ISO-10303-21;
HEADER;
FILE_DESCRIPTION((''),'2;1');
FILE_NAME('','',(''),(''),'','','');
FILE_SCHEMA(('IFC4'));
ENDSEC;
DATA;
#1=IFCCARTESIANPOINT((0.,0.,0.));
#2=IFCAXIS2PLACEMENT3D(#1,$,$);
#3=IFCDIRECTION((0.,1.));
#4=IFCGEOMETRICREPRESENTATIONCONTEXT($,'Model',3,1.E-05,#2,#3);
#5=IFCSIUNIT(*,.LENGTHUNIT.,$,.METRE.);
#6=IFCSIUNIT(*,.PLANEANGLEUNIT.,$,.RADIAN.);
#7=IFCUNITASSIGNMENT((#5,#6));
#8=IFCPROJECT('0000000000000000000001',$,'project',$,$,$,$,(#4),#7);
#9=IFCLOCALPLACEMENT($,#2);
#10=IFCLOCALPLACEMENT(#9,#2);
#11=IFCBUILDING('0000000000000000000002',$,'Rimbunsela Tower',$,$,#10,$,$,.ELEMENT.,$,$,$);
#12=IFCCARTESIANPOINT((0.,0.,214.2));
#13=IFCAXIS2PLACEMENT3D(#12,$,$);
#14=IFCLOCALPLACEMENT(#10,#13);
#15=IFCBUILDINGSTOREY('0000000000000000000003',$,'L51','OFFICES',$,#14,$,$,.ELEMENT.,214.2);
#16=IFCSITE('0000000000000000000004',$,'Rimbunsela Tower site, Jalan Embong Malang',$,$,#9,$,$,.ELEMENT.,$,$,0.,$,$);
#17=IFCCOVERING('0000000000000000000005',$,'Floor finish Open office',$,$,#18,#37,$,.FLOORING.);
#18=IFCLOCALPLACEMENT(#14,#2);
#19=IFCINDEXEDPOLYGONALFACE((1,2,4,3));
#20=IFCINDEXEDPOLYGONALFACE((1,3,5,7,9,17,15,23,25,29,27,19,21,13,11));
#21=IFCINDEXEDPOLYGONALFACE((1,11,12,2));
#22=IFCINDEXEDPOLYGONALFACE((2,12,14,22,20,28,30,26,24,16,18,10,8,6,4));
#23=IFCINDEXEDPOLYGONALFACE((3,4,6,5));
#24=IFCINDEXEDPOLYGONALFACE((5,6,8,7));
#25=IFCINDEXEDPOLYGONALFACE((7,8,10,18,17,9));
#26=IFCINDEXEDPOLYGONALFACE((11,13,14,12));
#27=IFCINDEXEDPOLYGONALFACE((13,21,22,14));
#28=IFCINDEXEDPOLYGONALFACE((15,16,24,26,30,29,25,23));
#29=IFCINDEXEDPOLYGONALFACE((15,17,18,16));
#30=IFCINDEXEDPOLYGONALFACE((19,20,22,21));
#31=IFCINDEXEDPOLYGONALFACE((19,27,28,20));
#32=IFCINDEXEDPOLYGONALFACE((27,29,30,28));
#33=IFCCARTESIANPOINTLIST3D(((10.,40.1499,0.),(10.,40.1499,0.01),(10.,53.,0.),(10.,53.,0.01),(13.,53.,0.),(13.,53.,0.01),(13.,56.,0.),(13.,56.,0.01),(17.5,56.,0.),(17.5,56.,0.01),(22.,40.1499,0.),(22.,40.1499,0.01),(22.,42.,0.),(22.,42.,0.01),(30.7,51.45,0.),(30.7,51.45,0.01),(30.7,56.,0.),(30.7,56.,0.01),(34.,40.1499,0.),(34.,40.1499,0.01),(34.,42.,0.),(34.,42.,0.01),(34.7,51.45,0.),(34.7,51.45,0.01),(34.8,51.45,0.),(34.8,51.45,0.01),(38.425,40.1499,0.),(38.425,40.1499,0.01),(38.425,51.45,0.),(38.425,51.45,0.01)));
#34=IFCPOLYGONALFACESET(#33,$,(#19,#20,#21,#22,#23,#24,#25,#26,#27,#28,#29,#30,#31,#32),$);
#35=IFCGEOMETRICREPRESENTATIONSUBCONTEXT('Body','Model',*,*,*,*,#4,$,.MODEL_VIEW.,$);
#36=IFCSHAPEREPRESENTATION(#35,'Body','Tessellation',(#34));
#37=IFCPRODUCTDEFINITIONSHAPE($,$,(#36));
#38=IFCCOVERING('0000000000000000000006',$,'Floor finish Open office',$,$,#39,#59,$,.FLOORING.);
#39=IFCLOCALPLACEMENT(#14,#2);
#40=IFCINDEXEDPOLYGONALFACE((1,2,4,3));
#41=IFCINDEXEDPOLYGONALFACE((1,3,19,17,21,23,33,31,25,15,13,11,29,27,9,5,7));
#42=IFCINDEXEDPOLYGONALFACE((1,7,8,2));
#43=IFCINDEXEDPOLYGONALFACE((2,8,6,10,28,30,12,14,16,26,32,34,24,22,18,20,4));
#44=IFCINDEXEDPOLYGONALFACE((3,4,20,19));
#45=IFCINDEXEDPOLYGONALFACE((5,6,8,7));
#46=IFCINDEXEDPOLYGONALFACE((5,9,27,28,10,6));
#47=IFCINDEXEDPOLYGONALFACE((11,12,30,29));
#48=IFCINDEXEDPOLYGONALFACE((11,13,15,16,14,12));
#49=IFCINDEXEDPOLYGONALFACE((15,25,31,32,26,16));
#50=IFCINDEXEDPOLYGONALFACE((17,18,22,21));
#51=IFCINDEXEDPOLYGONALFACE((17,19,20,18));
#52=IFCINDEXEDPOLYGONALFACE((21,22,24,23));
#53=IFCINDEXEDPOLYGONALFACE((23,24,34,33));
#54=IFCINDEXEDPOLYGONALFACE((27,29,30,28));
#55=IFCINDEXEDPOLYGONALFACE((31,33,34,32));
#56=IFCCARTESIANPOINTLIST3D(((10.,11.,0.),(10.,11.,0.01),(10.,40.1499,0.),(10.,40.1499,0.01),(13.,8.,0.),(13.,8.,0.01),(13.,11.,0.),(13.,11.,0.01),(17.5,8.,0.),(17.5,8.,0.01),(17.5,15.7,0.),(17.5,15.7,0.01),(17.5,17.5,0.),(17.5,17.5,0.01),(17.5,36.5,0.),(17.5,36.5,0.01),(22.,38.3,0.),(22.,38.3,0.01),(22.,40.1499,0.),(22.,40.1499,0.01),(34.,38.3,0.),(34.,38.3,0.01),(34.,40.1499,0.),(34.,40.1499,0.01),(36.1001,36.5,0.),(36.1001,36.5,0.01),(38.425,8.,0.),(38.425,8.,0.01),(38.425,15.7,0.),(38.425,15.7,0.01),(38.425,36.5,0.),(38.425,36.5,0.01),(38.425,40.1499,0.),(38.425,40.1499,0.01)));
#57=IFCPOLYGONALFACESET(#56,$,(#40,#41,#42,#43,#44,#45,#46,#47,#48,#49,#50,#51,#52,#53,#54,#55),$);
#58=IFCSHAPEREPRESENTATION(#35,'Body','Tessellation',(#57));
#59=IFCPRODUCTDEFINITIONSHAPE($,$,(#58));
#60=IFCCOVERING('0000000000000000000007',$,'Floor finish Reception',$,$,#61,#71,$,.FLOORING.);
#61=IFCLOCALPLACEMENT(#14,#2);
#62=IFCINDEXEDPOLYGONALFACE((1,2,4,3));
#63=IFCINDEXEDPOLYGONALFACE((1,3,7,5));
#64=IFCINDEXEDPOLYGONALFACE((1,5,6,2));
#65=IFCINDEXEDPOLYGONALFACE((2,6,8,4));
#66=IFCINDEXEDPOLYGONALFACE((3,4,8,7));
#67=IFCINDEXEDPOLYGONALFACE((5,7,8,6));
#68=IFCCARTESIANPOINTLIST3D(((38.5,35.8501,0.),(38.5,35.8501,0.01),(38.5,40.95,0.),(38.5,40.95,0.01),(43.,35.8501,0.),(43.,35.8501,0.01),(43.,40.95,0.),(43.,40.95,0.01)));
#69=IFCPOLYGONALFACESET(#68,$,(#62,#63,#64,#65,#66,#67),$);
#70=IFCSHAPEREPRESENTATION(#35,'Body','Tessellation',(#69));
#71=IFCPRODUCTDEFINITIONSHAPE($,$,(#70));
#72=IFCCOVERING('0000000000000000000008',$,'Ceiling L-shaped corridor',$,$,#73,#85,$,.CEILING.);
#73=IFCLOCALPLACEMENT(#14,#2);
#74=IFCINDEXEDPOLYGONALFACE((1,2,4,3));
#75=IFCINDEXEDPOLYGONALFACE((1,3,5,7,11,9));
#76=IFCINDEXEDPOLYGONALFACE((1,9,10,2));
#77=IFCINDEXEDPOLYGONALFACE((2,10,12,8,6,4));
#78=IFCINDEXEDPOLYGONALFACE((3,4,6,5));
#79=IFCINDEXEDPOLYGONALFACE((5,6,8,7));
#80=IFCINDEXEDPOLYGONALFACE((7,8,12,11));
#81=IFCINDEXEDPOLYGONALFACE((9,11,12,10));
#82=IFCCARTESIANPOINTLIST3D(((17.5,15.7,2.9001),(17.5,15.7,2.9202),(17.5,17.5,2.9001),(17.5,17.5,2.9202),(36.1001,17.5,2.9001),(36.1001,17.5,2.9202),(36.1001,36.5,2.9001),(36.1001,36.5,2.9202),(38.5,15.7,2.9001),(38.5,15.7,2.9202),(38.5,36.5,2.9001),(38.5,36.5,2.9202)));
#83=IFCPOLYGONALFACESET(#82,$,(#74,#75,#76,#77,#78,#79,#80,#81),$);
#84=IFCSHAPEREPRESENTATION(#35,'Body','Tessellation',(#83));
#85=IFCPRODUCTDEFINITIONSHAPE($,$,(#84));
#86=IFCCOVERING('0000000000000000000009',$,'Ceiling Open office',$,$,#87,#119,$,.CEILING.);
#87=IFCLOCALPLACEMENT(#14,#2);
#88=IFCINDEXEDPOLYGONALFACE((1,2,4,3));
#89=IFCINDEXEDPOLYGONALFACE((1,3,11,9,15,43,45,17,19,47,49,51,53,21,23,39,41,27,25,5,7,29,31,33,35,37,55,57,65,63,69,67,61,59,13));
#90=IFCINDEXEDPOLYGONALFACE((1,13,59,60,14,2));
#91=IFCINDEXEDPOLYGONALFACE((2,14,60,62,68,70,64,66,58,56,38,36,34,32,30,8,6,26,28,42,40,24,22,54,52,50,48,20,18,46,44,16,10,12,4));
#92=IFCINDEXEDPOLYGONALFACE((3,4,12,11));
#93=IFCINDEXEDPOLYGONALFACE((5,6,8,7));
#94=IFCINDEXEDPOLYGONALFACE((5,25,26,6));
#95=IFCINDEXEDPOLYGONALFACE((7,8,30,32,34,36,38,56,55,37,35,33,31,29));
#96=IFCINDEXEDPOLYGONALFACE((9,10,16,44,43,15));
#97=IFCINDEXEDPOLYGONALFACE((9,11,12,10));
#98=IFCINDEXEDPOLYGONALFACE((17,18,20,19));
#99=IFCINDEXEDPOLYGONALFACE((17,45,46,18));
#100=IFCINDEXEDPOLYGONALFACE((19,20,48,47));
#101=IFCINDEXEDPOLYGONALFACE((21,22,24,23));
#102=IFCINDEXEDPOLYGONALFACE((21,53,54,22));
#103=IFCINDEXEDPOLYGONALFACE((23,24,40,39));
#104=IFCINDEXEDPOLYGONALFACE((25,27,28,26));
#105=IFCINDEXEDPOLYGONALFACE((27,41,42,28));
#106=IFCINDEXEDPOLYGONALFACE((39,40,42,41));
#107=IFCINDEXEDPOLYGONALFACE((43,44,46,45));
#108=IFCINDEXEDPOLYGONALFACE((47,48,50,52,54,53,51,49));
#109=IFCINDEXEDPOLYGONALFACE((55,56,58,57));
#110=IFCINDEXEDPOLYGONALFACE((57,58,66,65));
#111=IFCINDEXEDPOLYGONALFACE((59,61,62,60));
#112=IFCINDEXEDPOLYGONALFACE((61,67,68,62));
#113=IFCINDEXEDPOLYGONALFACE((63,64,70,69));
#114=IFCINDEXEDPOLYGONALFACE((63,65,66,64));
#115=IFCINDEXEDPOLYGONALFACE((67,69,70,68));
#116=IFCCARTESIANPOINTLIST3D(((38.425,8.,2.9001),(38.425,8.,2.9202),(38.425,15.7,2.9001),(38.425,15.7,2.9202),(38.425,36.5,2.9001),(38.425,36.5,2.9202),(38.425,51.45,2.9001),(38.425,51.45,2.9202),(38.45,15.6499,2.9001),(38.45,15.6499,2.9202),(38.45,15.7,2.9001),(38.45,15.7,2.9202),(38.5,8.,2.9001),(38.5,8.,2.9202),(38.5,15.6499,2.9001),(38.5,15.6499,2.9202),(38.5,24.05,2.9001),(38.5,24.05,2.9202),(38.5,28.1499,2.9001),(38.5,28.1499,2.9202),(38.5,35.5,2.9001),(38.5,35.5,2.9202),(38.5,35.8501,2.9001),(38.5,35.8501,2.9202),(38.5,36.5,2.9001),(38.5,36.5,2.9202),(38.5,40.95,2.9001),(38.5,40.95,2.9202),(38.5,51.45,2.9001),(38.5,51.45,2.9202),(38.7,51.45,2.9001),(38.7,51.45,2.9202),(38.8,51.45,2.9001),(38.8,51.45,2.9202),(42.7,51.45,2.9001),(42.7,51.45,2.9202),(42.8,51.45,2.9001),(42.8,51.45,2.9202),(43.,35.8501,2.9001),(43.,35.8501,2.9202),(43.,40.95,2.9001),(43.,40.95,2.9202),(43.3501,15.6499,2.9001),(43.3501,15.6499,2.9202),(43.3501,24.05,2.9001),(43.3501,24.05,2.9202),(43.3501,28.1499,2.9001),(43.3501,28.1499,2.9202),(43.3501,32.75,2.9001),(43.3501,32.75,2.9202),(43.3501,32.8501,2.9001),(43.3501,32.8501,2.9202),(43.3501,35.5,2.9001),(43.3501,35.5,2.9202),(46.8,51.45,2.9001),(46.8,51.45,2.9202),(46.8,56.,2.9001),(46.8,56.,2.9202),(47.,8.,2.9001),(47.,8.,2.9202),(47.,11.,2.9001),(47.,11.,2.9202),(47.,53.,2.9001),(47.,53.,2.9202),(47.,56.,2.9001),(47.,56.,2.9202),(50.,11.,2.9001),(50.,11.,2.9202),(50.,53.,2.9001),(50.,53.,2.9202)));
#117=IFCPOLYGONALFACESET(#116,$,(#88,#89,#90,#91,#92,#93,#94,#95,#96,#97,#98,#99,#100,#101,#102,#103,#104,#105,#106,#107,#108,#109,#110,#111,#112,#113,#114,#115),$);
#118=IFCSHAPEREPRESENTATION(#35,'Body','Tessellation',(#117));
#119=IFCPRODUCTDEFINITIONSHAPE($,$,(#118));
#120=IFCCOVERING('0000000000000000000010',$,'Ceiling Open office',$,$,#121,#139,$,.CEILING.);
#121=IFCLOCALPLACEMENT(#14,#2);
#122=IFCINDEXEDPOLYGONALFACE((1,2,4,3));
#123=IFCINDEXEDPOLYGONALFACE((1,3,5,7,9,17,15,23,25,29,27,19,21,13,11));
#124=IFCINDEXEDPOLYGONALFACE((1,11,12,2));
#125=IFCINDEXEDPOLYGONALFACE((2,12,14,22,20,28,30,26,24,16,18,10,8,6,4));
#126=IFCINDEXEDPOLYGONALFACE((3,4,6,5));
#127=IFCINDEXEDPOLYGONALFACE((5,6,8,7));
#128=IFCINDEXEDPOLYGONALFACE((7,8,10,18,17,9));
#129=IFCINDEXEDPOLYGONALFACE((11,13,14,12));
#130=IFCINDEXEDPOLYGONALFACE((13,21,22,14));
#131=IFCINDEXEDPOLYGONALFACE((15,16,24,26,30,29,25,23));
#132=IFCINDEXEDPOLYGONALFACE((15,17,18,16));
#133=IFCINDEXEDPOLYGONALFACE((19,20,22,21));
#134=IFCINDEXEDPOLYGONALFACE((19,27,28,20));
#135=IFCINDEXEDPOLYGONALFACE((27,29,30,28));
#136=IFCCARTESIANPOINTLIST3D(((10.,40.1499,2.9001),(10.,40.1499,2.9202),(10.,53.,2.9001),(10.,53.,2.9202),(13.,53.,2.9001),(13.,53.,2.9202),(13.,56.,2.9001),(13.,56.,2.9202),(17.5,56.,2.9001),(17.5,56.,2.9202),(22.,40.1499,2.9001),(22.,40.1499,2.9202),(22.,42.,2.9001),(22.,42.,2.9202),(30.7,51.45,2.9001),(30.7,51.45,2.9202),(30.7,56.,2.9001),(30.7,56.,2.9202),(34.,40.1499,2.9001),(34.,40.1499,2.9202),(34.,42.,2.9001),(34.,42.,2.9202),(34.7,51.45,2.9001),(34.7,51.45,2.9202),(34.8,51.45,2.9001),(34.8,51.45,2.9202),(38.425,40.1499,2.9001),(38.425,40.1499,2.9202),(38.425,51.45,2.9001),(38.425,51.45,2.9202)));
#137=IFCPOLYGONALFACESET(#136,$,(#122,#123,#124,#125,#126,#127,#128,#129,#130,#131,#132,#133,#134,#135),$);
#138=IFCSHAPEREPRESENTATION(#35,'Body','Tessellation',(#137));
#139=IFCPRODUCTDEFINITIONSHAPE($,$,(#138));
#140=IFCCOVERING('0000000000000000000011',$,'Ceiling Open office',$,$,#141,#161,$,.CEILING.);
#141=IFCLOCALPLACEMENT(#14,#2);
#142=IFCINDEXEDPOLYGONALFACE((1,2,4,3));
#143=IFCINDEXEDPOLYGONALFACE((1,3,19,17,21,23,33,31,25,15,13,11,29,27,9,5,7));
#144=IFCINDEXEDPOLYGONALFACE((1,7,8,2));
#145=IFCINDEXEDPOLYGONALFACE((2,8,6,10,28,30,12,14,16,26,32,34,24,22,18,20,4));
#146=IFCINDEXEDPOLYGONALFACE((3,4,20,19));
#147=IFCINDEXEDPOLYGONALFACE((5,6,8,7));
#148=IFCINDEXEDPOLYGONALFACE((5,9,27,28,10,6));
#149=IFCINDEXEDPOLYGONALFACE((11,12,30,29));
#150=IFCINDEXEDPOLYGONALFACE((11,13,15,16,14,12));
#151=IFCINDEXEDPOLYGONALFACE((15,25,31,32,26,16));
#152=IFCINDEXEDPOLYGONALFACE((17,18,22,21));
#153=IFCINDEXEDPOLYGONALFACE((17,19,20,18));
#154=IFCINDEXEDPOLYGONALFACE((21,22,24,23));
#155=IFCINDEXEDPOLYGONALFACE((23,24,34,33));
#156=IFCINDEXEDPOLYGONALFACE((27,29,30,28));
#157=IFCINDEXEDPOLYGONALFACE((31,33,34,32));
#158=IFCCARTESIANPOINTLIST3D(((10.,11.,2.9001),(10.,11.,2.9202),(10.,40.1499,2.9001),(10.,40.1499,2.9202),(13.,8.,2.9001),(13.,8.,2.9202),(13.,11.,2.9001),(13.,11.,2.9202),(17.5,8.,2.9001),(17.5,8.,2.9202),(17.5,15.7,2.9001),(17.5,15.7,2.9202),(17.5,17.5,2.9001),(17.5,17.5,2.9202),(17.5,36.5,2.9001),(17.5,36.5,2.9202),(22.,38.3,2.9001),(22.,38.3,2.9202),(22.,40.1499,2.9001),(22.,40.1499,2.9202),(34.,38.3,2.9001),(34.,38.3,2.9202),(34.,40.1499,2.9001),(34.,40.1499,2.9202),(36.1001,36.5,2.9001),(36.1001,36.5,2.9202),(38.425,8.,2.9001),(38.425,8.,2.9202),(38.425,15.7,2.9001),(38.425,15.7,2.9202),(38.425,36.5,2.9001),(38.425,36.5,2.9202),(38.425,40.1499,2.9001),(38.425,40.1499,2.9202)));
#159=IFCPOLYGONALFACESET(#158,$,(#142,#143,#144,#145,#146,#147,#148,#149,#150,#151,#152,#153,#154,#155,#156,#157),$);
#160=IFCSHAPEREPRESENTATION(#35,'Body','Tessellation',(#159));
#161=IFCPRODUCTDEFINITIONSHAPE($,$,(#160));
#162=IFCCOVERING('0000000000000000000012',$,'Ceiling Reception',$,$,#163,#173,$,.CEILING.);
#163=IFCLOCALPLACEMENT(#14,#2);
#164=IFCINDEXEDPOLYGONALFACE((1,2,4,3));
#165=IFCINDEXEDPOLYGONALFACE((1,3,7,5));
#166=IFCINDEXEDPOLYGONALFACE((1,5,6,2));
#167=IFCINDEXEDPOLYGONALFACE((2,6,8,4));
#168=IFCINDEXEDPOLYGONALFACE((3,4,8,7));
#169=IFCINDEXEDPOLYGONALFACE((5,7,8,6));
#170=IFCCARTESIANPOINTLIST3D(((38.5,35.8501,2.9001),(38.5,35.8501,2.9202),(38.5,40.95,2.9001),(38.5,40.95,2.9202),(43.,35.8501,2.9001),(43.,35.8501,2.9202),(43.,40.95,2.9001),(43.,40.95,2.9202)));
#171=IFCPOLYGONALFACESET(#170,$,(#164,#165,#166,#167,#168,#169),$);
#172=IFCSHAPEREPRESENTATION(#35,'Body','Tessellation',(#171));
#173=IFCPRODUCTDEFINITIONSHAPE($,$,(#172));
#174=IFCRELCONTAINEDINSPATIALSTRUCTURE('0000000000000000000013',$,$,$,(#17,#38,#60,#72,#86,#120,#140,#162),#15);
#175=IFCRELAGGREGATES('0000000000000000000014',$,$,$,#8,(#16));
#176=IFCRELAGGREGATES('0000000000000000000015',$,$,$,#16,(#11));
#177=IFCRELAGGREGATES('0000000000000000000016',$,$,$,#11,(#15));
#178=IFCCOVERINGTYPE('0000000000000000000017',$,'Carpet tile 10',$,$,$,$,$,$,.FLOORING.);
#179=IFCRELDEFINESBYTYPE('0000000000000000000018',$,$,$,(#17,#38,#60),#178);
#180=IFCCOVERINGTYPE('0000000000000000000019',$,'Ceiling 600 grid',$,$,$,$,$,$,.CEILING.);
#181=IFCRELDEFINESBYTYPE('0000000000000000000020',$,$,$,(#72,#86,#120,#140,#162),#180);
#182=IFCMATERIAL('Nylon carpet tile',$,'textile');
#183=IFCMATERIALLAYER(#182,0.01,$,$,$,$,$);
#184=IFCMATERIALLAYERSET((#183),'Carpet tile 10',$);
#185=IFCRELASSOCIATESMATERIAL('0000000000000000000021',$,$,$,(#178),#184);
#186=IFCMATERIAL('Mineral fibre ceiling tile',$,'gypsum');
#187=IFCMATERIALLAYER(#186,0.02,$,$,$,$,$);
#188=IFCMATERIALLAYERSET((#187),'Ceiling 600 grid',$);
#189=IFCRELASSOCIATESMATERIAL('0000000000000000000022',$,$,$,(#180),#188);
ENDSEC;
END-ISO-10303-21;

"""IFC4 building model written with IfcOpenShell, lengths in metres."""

from ifc_helpers import new_model, si_unit, direction, frame, origin, place, context, subcontext, project, spatial, polyline, outline, extrude, material, layer, layer_set, type_object, element, save


model = new_model("IFC4")

# Units and contexts
model_context = context("Model", 3, precision=1e-05, world=origin(), true_north=direction((0.0, 1.0)))
body_context = subcontext(model_context, "Body", "Model", "MODEL_VIEW")
ifc_project = project(units=[si_unit("LENGTHUNIT", "METRE"), si_unit("PLANEANGLEUNIT", "RADIAN")], contexts=[model_context])

# Site, building, storey
site_placement = place(None, origin())
site = spatial("IfcSite", under=ifc_project, at=site_placement, Name="Rimbunsela Tower site, Jalan Embong Malang", CompositionType="ELEMENT", RefElevation=0.0)
building_placement = place(site_placement, origin())
building = spatial("IfcBuilding", under=site, at=building_placement, Name="Rimbunsela Tower", CompositionType="ELEMENT")
storey_placement = place(building_placement, frame((0.0, 0.0, 214.2)))
storey = spatial("IfcBuildingStorey", under=building, at=storey_placement, Name="L51", Description="OFFICES", CompositionType="ELEMENT", Elevation=214.2)

# Coverings
ifc_material_1 = material(Name="Nylon carpet tile", Category="textile")
ifc_layer_1 = layer(ifc_material_1, 0.01)
ifc_layer_set_1 = layer_set([ifc_layer_1], Name="Carpet tile 10")
covering_type_1 = type_object("IfcCoveringType", Name="Carpet tile 10", PredefinedType="FLOORING", material=ifc_layer_set_1)
covering_1_placement = place(storey_placement, origin())
element("IfcCovering", 1, at=covering_1_placement, inside=storey, type_object=covering_type_1, Name="Floor finish Open office", PredefinedType="FLOORING", context=body_context, shape_type="SweptSolid", body=[
    extrude(outline(polyline([(10.0, 40.1499), (10.0, 53.0), (13.0, 53.0), (13.0, 56.0), (17.5, 56.0), (30.7, 56.0), (30.7, 51.45), (34.7, 51.45), (34.8, 51.45), (38.425, 51.45), (38.425, 40.1499), (34.0, 40.1499), (34.0, 42.0), (22.0, 42.0), (22.0, 40.1499), (10.0, 40.1499)])), origin(), (0.0, 0.0, 1.0), 0.01),
])
covering_2_placement = place(storey_placement, origin())
element("IfcCovering", 2, at=covering_2_placement, inside=storey, type_object=covering_type_1, Name="Floor finish Open office", PredefinedType="FLOORING", context=body_context, shape_type="SweptSolid", body=[
    extrude(outline(polyline([(13.0, 8.0), (13.0, 11.0), (10.0, 11.0), (10.0, 40.1499), (22.0, 40.1499), (22.0, 38.3), (34.0, 38.3), (34.0, 40.1499), (38.425, 40.1499), (38.425, 36.5), (36.1001, 36.5), (17.5, 36.5), (17.5, 17.5), (17.5, 15.7), (38.425, 15.7), (38.425, 8.0), (17.5, 8.0), (13.0, 8.0)])), origin(), (0.0, 0.0, 1.0), 0.01),
])
covering_3_placement = place(storey_placement, origin())
element("IfcCovering", 3, at=covering_3_placement, inside=storey, type_object=covering_type_1, Name="Floor finish Reception", PredefinedType="FLOORING", context=body_context, shape_type="SweptSolid", body=[
    extrude(outline(polyline([(43.0, 35.8501), (43.0, 40.95), (38.5, 40.95), (38.5, 35.8501), (43.0, 35.8501)])), origin(), (0.0, 0.0, 1.0), 0.01),
])
ifc_material_2 = material(Name="Mineral fibre ceiling tile", Category="gypsum")
ifc_layer_2 = layer(ifc_material_2, 0.02)
ifc_layer_set_2 = layer_set([ifc_layer_2], Name="Ceiling 600 grid")
covering_type_2 = type_object("IfcCoveringType", Name="Ceiling 600 grid", PredefinedType="CEILING", material=ifc_layer_set_2)
covering_4_placement = place(storey_placement, frame((0.0, 0.0, 2.9001)))
element("IfcCovering", 4, at=covering_4_placement, inside=storey, type_object=covering_type_2, Name="Ceiling L-shaped corridor", PredefinedType="CEILING", context=body_context, shape_type="SweptSolid", body=[
    extrude(outline(polyline([(38.5, 15.7), (17.5, 15.7), (17.5, 17.5), (36.1001, 17.5), (36.1001, 36.5), (38.5, 36.5), (38.5, 15.7)])), origin(), (0.0, 0.0, 1.0), 0.02),
])
covering_5_placement = place(storey_placement, frame((0.0, 0.0, 2.9001)))
element("IfcCovering", 5, at=covering_5_placement, inside=storey, type_object=covering_type_2, Name="Ceiling Open office", PredefinedType="CEILING", context=body_context, shape_type="SweptSolid", body=[
    extrude(outline(polyline([(38.425, 51.45), (38.5, 51.45), (38.7, 51.45), (38.8, 51.45), (42.7, 51.45), (42.8, 51.45), (46.8, 51.45), (46.8, 56.0), (47.0, 56.0), (47.0, 53.0), (50.0, 53.0), (50.0, 11.0), (47.0, 11.0), (47.0, 8.0), (38.5, 8.0), (38.425, 8.0), (38.425, 15.7), (38.45, 15.7), (38.45, 15.6499), (38.5, 15.6499), (43.3501, 15.6499), (43.3501, 24.05), (38.5, 24.05), (38.5, 28.1499), (43.3501, 28.1499), (43.3501, 32.75), (43.3501, 32.8501), (43.3501, 35.5), (38.5, 35.5), (38.5, 35.8501), (43.0, 35.8501), (43.0, 40.95), (38.5, 40.95), (38.5, 36.5), (38.425, 36.5), (38.425, 51.45)])), origin(), (0.0, 0.0, 1.0), 0.02),
])
covering_6_placement = place(storey_placement, frame((0.0, 0.0, 2.9001)))
element("IfcCovering", 6, at=covering_6_placement, inside=storey, type_object=covering_type_2, Name="Ceiling Open office", PredefinedType="CEILING", context=body_context, shape_type="SweptSolid", body=[
    extrude(outline(polyline([(10.0, 40.1499), (10.0, 53.0), (13.0, 53.0), (13.0, 56.0), (17.5, 56.0), (30.7, 56.0), (30.7, 51.45), (34.7, 51.45), (34.8, 51.45), (38.425, 51.45), (38.425, 40.1499), (34.0, 40.1499), (34.0, 42.0), (22.0, 42.0), (22.0, 40.1499), (10.0, 40.1499)])), origin(), (0.0, 0.0, 1.0), 0.02),
])
covering_7_placement = place(storey_placement, frame((0.0, 0.0, 2.9001)))
element("IfcCovering", 7, at=covering_7_placement, inside=storey, type_object=covering_type_2, Name="Ceiling Open office", PredefinedType="CEILING", context=body_context, shape_type="SweptSolid", body=[
    extrude(outline(polyline([(13.0, 8.0), (13.0, 11.0), (10.0, 11.0), (10.0, 40.1499), (22.0, 40.1499), (22.0, 38.3), (34.0, 38.3), (34.0, 40.1499), (38.425, 40.1499), (38.425, 36.5), (36.1001, 36.5), (17.5, 36.5), (17.5, 17.5), (17.5, 15.7), (38.425, 15.7), (38.425, 8.0), (17.5, 8.0), (13.0, 8.0)])), origin(), (0.0, 0.0, 1.0), 0.02),
])
covering_8_placement = place(storey_placement, frame((0.0, 0.0, 2.9001)))
element("IfcCovering", 8, at=covering_8_placement, inside=storey, type_object=covering_type_2, Name="Ceiling Reception", PredefinedType="CEILING", context=body_context, shape_type="SweptSolid", body=[
    extrude(outline(polyline([(43.0, 35.8501), (43.0, 40.95), (38.5, 40.95), (38.5, 35.8501), (43.0, 35.8501)])), origin(), (0.0, 0.0, 1.0), 0.02),
])

save(model, "model.ifc")
